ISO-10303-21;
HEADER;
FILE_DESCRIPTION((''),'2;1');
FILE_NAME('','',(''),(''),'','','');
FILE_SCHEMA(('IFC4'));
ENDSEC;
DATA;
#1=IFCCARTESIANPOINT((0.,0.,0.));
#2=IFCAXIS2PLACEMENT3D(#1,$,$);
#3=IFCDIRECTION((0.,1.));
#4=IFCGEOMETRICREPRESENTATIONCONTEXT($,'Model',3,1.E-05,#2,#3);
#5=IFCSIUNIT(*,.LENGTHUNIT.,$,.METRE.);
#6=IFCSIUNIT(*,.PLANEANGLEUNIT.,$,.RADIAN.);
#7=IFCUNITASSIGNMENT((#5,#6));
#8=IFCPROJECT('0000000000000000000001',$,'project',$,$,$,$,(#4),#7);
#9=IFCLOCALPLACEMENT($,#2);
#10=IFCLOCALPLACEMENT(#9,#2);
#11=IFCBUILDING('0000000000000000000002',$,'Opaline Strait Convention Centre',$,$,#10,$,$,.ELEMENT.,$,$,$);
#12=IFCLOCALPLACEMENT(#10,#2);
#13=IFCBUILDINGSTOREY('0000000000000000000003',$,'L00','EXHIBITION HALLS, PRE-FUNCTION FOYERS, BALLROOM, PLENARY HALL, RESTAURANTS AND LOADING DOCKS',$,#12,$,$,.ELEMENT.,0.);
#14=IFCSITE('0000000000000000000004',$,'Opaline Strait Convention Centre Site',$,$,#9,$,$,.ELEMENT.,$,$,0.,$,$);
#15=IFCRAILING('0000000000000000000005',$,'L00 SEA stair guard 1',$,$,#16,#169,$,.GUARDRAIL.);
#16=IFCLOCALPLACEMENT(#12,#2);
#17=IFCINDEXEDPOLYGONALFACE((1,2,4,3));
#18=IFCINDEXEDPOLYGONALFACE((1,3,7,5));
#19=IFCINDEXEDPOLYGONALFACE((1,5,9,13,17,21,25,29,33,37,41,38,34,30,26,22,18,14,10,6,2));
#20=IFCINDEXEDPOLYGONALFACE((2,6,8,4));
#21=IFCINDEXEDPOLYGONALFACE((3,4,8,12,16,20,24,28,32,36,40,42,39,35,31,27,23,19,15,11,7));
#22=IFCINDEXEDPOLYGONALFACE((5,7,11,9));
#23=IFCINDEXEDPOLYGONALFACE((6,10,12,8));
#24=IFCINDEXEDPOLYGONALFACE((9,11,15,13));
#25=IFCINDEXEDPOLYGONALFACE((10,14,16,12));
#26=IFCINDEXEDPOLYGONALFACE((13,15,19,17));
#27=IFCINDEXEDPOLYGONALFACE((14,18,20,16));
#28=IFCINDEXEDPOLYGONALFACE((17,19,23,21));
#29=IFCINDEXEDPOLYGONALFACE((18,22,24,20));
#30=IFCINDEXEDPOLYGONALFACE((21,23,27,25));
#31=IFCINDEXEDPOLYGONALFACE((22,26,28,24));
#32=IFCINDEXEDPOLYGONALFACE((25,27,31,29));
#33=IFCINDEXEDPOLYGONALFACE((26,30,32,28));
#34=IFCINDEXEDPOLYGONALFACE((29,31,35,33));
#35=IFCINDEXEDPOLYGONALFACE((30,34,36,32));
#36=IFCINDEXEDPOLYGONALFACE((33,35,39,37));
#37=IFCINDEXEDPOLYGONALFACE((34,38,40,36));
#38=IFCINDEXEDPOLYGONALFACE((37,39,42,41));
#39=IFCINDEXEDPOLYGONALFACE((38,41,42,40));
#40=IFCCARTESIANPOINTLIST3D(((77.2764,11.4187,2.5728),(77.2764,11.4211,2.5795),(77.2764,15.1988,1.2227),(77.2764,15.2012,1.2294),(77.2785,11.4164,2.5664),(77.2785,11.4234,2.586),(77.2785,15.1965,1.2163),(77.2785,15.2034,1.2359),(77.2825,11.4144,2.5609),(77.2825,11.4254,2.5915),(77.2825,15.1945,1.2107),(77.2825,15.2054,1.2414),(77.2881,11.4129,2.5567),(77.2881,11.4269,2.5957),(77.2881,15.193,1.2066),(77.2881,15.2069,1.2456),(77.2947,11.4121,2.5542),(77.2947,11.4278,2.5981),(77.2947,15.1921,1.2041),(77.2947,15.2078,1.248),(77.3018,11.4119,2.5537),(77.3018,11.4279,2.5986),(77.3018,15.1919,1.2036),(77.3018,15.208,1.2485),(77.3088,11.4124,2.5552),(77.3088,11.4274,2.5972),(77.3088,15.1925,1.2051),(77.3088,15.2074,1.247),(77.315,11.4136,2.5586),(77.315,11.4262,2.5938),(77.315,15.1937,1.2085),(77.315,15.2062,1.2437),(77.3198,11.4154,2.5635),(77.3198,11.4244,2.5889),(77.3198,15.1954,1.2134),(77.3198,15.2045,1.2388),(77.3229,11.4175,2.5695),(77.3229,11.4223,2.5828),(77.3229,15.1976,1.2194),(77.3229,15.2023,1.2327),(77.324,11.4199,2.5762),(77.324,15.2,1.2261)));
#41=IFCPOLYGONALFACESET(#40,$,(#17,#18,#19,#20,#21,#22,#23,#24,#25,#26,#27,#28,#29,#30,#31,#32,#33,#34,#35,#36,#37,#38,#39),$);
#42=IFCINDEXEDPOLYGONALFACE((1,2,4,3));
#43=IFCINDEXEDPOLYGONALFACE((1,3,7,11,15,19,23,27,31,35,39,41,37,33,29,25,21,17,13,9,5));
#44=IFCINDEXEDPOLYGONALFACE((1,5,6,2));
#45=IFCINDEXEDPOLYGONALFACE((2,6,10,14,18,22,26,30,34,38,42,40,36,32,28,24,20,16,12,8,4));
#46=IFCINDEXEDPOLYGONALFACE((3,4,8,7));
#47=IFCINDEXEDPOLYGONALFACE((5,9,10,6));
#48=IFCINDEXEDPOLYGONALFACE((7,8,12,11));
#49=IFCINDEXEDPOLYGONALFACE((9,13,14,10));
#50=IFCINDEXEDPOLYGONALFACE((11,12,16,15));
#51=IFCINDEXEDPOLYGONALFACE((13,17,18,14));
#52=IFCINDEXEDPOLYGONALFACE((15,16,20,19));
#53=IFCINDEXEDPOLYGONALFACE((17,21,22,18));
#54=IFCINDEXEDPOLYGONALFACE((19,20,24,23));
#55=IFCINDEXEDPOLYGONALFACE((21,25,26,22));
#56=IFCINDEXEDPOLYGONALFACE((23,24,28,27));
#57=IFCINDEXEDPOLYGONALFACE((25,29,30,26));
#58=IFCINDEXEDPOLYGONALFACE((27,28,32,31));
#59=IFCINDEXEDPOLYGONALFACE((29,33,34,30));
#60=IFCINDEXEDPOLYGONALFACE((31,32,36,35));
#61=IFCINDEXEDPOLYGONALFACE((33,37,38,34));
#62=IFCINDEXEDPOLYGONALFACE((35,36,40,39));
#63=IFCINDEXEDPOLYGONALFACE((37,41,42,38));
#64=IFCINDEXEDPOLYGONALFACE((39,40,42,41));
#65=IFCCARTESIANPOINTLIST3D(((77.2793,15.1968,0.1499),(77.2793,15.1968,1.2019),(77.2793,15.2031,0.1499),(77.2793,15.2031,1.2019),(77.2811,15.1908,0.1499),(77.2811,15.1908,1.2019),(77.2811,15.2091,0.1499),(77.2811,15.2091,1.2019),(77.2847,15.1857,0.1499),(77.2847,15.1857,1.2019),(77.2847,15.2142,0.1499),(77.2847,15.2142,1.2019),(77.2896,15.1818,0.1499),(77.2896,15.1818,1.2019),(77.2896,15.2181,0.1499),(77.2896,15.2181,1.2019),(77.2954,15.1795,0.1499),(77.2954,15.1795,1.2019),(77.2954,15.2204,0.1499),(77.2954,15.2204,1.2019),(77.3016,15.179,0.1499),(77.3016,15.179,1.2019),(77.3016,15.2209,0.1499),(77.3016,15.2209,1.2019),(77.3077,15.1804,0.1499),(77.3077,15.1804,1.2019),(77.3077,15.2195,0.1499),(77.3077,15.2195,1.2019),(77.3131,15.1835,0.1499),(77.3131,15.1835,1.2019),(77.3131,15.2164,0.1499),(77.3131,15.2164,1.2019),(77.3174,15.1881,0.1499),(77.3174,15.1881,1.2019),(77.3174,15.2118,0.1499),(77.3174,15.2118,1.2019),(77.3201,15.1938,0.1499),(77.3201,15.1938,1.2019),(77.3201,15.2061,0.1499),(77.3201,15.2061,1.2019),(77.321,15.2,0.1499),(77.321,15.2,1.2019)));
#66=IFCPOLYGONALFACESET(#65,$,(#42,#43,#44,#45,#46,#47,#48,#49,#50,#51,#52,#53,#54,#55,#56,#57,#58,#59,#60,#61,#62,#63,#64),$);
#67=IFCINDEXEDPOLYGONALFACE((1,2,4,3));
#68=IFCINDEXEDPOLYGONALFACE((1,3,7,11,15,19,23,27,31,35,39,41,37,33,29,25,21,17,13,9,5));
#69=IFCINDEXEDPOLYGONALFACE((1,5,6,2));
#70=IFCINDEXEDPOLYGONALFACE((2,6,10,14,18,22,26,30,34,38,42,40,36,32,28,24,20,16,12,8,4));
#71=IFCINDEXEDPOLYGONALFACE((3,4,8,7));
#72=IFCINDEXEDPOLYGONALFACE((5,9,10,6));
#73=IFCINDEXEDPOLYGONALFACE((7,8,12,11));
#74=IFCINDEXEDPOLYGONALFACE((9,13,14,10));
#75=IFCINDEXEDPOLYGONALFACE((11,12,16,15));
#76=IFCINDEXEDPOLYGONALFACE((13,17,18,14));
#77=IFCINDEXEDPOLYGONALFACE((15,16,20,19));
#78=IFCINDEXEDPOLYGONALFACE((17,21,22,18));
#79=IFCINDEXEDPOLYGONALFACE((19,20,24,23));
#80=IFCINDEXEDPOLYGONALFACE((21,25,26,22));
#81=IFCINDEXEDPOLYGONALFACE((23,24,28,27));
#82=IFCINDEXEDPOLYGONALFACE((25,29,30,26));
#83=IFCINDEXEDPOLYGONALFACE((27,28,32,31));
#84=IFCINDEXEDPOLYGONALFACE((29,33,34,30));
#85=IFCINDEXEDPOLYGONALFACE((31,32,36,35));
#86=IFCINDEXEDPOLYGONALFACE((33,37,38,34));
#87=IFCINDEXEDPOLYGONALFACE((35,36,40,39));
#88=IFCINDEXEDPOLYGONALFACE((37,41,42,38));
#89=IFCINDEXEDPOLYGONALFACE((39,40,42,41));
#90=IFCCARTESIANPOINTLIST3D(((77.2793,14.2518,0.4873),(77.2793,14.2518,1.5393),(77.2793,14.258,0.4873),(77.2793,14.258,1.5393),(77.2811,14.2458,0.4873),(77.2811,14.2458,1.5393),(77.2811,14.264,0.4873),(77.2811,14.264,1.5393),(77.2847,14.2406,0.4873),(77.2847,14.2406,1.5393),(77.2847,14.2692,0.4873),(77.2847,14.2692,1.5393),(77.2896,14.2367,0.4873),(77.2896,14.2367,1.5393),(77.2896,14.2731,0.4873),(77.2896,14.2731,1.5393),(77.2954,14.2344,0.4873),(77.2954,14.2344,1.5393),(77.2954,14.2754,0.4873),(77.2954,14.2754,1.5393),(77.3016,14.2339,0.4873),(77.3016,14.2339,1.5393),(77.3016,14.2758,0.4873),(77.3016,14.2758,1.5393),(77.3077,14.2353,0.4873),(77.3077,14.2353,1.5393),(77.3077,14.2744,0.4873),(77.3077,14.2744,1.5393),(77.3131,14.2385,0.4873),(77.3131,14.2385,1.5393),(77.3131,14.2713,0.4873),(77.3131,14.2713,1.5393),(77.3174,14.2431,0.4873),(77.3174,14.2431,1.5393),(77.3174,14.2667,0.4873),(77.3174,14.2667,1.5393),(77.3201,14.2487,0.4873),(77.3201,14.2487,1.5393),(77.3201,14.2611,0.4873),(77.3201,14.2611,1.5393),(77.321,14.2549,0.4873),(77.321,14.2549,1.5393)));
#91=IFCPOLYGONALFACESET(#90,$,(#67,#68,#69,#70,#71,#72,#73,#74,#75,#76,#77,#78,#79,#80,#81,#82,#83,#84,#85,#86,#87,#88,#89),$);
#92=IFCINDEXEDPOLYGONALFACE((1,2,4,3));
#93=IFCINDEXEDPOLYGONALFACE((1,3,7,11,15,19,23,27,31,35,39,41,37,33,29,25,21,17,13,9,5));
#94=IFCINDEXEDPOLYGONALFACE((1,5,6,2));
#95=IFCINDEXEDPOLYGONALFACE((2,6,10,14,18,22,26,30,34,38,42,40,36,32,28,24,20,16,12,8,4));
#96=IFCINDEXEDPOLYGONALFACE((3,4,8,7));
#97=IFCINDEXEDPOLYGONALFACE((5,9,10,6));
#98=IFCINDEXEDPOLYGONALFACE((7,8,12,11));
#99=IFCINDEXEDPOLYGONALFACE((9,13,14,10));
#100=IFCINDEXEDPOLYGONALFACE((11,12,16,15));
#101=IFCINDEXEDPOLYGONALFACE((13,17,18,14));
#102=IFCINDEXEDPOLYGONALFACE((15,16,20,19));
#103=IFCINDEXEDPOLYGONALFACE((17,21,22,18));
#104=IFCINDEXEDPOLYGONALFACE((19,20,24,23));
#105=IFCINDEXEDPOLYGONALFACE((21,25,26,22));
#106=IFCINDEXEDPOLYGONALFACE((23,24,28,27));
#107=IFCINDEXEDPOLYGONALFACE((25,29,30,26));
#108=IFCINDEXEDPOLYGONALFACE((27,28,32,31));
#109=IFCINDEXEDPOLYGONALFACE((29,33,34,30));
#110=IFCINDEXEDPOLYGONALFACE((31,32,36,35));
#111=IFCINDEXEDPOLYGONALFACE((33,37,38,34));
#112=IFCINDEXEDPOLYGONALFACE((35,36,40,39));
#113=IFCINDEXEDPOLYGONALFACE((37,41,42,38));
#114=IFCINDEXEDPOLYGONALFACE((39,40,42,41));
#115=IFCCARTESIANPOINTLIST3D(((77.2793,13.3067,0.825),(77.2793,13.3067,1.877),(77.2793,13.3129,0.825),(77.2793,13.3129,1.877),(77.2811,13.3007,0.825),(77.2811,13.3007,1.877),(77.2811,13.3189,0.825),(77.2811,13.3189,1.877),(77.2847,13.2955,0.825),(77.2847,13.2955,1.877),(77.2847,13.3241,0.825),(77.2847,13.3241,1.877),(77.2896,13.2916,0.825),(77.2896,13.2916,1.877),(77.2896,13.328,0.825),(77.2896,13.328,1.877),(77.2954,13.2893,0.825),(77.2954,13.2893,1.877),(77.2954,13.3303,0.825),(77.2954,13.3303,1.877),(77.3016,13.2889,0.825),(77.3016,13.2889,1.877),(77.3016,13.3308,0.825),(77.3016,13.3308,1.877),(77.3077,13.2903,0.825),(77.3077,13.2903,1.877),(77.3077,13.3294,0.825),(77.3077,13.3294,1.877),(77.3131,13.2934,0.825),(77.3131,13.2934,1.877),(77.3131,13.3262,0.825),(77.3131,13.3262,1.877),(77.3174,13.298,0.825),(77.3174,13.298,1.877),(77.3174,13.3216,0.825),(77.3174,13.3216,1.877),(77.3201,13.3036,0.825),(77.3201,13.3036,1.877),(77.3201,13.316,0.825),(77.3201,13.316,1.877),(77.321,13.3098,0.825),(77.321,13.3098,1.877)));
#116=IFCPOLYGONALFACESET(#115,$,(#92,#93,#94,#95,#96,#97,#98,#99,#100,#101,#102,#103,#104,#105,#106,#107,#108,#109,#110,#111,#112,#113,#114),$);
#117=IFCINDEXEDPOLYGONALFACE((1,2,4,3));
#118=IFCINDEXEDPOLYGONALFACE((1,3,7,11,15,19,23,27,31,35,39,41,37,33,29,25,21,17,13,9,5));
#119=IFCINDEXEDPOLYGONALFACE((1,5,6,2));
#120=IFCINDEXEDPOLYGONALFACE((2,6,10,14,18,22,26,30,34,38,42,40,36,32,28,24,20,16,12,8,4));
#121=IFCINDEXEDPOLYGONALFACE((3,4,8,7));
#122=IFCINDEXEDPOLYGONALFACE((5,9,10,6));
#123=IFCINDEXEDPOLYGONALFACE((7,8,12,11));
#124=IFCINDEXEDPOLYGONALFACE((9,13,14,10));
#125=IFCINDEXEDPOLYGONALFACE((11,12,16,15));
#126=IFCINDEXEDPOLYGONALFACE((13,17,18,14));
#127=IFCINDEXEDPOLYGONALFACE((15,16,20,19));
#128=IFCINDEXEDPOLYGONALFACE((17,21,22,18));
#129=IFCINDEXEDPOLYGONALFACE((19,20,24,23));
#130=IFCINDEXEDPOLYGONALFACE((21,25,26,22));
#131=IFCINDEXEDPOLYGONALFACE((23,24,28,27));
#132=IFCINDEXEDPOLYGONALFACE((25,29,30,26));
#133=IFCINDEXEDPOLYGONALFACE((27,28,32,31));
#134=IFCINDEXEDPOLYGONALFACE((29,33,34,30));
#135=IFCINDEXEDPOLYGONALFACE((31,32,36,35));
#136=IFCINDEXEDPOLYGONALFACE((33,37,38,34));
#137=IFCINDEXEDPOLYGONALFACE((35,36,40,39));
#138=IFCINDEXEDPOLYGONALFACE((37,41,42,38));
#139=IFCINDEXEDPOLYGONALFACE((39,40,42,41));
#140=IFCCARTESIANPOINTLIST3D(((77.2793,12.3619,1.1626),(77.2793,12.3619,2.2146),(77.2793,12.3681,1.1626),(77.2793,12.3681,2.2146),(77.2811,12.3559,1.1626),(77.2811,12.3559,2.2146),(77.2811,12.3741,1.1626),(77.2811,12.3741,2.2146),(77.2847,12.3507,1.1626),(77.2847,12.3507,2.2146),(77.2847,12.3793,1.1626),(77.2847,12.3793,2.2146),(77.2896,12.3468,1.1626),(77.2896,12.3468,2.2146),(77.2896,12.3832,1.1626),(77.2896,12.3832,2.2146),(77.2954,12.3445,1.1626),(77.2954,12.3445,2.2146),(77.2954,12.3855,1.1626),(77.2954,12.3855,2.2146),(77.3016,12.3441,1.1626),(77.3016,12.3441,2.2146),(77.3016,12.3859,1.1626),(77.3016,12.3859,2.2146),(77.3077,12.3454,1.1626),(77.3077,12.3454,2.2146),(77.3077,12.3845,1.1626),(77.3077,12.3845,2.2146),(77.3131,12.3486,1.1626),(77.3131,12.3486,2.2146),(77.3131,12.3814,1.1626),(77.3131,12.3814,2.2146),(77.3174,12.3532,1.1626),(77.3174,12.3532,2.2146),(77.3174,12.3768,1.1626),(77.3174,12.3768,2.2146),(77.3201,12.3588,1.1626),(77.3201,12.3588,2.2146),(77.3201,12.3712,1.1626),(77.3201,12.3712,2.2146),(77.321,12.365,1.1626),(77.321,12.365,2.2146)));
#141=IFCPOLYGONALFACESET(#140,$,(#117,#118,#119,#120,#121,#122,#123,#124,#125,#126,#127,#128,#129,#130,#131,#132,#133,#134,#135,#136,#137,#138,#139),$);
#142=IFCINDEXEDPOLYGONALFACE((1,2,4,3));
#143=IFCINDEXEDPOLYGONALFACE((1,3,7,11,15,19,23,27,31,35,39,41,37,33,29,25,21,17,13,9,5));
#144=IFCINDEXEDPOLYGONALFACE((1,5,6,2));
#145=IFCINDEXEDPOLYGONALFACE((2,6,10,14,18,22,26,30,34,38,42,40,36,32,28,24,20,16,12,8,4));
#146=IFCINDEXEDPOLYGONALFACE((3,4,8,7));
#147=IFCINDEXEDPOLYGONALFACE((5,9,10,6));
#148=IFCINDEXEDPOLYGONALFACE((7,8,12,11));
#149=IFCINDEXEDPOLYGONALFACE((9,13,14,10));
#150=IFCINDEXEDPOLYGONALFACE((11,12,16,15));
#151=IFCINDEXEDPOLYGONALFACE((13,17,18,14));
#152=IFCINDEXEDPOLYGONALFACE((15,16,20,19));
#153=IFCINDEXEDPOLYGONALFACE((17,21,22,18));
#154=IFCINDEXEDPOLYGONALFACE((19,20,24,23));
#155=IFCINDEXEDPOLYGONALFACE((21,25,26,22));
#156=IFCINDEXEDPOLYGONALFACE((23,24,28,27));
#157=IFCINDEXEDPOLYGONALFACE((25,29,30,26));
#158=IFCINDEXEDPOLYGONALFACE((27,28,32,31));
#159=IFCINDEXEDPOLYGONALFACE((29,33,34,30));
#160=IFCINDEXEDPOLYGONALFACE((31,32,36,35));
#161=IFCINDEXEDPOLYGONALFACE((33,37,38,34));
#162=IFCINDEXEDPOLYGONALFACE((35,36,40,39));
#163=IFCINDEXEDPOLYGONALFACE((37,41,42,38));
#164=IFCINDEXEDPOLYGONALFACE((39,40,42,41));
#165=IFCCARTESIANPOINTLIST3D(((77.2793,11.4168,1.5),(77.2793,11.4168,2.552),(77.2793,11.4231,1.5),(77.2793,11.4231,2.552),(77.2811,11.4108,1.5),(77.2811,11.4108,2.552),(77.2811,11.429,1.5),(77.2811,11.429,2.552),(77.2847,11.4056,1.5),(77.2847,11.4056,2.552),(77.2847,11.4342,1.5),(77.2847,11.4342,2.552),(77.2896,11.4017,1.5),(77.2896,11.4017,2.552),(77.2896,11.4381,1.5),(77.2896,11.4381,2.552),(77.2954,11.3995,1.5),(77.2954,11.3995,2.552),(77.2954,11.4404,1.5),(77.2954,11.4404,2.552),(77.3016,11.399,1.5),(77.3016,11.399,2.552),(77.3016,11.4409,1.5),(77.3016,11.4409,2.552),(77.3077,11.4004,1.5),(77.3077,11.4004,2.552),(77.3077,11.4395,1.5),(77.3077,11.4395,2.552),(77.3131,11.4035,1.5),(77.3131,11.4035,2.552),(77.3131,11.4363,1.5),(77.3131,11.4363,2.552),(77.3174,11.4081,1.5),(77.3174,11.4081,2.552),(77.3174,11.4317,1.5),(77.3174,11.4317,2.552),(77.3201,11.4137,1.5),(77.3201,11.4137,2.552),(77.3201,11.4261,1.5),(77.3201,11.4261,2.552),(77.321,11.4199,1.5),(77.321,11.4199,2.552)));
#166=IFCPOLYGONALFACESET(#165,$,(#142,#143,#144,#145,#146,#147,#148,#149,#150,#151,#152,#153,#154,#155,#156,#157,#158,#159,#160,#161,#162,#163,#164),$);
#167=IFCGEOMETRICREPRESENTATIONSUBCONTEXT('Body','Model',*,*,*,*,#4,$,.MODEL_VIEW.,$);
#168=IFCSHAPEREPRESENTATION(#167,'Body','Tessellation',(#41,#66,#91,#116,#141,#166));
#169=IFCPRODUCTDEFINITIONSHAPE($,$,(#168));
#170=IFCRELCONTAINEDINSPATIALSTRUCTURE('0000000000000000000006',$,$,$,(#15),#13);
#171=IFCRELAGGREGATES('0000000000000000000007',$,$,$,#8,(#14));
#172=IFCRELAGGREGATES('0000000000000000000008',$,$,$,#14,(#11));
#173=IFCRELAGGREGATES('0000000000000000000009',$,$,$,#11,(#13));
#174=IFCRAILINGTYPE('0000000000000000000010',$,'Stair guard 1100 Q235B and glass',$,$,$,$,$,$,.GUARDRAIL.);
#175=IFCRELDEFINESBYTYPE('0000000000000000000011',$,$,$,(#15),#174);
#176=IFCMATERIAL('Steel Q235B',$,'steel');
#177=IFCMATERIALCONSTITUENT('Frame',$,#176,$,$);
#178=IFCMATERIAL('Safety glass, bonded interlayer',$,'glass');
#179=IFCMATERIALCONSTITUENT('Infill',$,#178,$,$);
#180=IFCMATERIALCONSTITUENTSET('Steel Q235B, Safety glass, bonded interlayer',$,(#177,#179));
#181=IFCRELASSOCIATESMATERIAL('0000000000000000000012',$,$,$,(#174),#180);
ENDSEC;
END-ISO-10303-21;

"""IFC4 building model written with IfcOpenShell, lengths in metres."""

from ifc_helpers import new_model, si_unit, direction, frame, origin, origin_2d, place, context, subcontext, project, spatial, circle, extrude, material, constituent, constituent_set, type_object, element, save


model = new_model("IFC4")

# Units and contexts
model_context = context("Model", 3, precision=1e-05, world=origin(), true_north=direction((0.0, 1.0)))
body_context = subcontext(model_context, "Body", "Model", "MODEL_VIEW")
ifc_project = project(units=[si_unit("LENGTHUNIT", "METRE"), si_unit("PLANEANGLEUNIT", "RADIAN")], contexts=[model_context])

# Site, building, storey
site_placement = place(None, origin())
site = spatial("IfcSite", under=ifc_project, at=site_placement, Name="Opaline Strait Convention Centre Site", CompositionType="ELEMENT", RefElevation=0.0)
building_placement = place(site_placement, origin())
building = spatial("IfcBuilding", under=site, at=building_placement, Name="Opaline Strait Convention Centre", CompositionType="ELEMENT")
storey_placement = place(building_placement, origin())
storey = spatial("IfcBuildingStorey", under=building, at=storey_placement, Name="L00", Description="EXHIBITION HALLS, PRE-FUNCTION FOYERS, BALLROOM, PLENARY HALL, RESTAURANTS AND LOADING DOCKS", CompositionType="ELEMENT", Elevation=0.0)

# Railing
ifc_material_1 = material(Name="Steel Q235B", Category="steel")
ifc_constituent_1 = constituent(ifc_material_1, Name="Frame")
ifc_material_2 = material(Name="Safety glass, bonded interlayer", Category="glass")
ifc_constituent_2 = constituent(ifc_material_2, Name="Infill")
ifc_constituent_set = constituent_set(constituents=[ifc_constituent_1, ifc_constituent_2], Name="Steel Q235B, Safety glass, bonded interlayer")
railing_type_1 = type_object("IfcRailingType", Name="Stair guard 1100 Q235B and glass", PredefinedType="GUARDRAIL", material=ifc_constituent_set)
railing_1_placement = place(storey_placement, frame((77.3, 15.2, 0.1499)))
element("IfcRailing", 1, at=railing_1_placement, inside=storey, type_object=railing_type_1, Name="L00 SEA stair guard 1", PredefinedType="GUARDRAIL", context=body_context, shape_type="SweptSolid", body=[
    extrude(circle(Radius=0.0239, at=origin_2d()), frame((0.0, 0.0, 1.0762), z_axis=(0.0, -0.941735, 0.336356), x_axis=(1.0, 0.0, 0.0)), (0.0, 0.0, 1.0), 4.0139),
    extrude(circle(Radius=0.021, at=origin_2d()), origin(), (0.0, 0.0, 1.0), 1.052),
    extrude(circle(Radius=0.021, at=origin_2d()), frame((0.0, -0.9451, 0.3374)), (0.0, 0.0, 1.0), 1.052),
    extrude(circle(Radius=0.021, at=origin_2d()), frame((0.0, -1.8901, 0.675)), (0.0, 0.0, 1.0), 1.052),
    extrude(circle(Radius=0.021, at=origin_2d()), frame((0.0, -2.835, 1.0127)), (0.0, 0.0, 1.0), 1.052),
    extrude(circle(Radius=0.021, at=origin_2d()), frame((0.0, -3.78, 1.3501)), (0.0, 0.0, 1.0), 1.052),
])

save(model, "model.ifc")
